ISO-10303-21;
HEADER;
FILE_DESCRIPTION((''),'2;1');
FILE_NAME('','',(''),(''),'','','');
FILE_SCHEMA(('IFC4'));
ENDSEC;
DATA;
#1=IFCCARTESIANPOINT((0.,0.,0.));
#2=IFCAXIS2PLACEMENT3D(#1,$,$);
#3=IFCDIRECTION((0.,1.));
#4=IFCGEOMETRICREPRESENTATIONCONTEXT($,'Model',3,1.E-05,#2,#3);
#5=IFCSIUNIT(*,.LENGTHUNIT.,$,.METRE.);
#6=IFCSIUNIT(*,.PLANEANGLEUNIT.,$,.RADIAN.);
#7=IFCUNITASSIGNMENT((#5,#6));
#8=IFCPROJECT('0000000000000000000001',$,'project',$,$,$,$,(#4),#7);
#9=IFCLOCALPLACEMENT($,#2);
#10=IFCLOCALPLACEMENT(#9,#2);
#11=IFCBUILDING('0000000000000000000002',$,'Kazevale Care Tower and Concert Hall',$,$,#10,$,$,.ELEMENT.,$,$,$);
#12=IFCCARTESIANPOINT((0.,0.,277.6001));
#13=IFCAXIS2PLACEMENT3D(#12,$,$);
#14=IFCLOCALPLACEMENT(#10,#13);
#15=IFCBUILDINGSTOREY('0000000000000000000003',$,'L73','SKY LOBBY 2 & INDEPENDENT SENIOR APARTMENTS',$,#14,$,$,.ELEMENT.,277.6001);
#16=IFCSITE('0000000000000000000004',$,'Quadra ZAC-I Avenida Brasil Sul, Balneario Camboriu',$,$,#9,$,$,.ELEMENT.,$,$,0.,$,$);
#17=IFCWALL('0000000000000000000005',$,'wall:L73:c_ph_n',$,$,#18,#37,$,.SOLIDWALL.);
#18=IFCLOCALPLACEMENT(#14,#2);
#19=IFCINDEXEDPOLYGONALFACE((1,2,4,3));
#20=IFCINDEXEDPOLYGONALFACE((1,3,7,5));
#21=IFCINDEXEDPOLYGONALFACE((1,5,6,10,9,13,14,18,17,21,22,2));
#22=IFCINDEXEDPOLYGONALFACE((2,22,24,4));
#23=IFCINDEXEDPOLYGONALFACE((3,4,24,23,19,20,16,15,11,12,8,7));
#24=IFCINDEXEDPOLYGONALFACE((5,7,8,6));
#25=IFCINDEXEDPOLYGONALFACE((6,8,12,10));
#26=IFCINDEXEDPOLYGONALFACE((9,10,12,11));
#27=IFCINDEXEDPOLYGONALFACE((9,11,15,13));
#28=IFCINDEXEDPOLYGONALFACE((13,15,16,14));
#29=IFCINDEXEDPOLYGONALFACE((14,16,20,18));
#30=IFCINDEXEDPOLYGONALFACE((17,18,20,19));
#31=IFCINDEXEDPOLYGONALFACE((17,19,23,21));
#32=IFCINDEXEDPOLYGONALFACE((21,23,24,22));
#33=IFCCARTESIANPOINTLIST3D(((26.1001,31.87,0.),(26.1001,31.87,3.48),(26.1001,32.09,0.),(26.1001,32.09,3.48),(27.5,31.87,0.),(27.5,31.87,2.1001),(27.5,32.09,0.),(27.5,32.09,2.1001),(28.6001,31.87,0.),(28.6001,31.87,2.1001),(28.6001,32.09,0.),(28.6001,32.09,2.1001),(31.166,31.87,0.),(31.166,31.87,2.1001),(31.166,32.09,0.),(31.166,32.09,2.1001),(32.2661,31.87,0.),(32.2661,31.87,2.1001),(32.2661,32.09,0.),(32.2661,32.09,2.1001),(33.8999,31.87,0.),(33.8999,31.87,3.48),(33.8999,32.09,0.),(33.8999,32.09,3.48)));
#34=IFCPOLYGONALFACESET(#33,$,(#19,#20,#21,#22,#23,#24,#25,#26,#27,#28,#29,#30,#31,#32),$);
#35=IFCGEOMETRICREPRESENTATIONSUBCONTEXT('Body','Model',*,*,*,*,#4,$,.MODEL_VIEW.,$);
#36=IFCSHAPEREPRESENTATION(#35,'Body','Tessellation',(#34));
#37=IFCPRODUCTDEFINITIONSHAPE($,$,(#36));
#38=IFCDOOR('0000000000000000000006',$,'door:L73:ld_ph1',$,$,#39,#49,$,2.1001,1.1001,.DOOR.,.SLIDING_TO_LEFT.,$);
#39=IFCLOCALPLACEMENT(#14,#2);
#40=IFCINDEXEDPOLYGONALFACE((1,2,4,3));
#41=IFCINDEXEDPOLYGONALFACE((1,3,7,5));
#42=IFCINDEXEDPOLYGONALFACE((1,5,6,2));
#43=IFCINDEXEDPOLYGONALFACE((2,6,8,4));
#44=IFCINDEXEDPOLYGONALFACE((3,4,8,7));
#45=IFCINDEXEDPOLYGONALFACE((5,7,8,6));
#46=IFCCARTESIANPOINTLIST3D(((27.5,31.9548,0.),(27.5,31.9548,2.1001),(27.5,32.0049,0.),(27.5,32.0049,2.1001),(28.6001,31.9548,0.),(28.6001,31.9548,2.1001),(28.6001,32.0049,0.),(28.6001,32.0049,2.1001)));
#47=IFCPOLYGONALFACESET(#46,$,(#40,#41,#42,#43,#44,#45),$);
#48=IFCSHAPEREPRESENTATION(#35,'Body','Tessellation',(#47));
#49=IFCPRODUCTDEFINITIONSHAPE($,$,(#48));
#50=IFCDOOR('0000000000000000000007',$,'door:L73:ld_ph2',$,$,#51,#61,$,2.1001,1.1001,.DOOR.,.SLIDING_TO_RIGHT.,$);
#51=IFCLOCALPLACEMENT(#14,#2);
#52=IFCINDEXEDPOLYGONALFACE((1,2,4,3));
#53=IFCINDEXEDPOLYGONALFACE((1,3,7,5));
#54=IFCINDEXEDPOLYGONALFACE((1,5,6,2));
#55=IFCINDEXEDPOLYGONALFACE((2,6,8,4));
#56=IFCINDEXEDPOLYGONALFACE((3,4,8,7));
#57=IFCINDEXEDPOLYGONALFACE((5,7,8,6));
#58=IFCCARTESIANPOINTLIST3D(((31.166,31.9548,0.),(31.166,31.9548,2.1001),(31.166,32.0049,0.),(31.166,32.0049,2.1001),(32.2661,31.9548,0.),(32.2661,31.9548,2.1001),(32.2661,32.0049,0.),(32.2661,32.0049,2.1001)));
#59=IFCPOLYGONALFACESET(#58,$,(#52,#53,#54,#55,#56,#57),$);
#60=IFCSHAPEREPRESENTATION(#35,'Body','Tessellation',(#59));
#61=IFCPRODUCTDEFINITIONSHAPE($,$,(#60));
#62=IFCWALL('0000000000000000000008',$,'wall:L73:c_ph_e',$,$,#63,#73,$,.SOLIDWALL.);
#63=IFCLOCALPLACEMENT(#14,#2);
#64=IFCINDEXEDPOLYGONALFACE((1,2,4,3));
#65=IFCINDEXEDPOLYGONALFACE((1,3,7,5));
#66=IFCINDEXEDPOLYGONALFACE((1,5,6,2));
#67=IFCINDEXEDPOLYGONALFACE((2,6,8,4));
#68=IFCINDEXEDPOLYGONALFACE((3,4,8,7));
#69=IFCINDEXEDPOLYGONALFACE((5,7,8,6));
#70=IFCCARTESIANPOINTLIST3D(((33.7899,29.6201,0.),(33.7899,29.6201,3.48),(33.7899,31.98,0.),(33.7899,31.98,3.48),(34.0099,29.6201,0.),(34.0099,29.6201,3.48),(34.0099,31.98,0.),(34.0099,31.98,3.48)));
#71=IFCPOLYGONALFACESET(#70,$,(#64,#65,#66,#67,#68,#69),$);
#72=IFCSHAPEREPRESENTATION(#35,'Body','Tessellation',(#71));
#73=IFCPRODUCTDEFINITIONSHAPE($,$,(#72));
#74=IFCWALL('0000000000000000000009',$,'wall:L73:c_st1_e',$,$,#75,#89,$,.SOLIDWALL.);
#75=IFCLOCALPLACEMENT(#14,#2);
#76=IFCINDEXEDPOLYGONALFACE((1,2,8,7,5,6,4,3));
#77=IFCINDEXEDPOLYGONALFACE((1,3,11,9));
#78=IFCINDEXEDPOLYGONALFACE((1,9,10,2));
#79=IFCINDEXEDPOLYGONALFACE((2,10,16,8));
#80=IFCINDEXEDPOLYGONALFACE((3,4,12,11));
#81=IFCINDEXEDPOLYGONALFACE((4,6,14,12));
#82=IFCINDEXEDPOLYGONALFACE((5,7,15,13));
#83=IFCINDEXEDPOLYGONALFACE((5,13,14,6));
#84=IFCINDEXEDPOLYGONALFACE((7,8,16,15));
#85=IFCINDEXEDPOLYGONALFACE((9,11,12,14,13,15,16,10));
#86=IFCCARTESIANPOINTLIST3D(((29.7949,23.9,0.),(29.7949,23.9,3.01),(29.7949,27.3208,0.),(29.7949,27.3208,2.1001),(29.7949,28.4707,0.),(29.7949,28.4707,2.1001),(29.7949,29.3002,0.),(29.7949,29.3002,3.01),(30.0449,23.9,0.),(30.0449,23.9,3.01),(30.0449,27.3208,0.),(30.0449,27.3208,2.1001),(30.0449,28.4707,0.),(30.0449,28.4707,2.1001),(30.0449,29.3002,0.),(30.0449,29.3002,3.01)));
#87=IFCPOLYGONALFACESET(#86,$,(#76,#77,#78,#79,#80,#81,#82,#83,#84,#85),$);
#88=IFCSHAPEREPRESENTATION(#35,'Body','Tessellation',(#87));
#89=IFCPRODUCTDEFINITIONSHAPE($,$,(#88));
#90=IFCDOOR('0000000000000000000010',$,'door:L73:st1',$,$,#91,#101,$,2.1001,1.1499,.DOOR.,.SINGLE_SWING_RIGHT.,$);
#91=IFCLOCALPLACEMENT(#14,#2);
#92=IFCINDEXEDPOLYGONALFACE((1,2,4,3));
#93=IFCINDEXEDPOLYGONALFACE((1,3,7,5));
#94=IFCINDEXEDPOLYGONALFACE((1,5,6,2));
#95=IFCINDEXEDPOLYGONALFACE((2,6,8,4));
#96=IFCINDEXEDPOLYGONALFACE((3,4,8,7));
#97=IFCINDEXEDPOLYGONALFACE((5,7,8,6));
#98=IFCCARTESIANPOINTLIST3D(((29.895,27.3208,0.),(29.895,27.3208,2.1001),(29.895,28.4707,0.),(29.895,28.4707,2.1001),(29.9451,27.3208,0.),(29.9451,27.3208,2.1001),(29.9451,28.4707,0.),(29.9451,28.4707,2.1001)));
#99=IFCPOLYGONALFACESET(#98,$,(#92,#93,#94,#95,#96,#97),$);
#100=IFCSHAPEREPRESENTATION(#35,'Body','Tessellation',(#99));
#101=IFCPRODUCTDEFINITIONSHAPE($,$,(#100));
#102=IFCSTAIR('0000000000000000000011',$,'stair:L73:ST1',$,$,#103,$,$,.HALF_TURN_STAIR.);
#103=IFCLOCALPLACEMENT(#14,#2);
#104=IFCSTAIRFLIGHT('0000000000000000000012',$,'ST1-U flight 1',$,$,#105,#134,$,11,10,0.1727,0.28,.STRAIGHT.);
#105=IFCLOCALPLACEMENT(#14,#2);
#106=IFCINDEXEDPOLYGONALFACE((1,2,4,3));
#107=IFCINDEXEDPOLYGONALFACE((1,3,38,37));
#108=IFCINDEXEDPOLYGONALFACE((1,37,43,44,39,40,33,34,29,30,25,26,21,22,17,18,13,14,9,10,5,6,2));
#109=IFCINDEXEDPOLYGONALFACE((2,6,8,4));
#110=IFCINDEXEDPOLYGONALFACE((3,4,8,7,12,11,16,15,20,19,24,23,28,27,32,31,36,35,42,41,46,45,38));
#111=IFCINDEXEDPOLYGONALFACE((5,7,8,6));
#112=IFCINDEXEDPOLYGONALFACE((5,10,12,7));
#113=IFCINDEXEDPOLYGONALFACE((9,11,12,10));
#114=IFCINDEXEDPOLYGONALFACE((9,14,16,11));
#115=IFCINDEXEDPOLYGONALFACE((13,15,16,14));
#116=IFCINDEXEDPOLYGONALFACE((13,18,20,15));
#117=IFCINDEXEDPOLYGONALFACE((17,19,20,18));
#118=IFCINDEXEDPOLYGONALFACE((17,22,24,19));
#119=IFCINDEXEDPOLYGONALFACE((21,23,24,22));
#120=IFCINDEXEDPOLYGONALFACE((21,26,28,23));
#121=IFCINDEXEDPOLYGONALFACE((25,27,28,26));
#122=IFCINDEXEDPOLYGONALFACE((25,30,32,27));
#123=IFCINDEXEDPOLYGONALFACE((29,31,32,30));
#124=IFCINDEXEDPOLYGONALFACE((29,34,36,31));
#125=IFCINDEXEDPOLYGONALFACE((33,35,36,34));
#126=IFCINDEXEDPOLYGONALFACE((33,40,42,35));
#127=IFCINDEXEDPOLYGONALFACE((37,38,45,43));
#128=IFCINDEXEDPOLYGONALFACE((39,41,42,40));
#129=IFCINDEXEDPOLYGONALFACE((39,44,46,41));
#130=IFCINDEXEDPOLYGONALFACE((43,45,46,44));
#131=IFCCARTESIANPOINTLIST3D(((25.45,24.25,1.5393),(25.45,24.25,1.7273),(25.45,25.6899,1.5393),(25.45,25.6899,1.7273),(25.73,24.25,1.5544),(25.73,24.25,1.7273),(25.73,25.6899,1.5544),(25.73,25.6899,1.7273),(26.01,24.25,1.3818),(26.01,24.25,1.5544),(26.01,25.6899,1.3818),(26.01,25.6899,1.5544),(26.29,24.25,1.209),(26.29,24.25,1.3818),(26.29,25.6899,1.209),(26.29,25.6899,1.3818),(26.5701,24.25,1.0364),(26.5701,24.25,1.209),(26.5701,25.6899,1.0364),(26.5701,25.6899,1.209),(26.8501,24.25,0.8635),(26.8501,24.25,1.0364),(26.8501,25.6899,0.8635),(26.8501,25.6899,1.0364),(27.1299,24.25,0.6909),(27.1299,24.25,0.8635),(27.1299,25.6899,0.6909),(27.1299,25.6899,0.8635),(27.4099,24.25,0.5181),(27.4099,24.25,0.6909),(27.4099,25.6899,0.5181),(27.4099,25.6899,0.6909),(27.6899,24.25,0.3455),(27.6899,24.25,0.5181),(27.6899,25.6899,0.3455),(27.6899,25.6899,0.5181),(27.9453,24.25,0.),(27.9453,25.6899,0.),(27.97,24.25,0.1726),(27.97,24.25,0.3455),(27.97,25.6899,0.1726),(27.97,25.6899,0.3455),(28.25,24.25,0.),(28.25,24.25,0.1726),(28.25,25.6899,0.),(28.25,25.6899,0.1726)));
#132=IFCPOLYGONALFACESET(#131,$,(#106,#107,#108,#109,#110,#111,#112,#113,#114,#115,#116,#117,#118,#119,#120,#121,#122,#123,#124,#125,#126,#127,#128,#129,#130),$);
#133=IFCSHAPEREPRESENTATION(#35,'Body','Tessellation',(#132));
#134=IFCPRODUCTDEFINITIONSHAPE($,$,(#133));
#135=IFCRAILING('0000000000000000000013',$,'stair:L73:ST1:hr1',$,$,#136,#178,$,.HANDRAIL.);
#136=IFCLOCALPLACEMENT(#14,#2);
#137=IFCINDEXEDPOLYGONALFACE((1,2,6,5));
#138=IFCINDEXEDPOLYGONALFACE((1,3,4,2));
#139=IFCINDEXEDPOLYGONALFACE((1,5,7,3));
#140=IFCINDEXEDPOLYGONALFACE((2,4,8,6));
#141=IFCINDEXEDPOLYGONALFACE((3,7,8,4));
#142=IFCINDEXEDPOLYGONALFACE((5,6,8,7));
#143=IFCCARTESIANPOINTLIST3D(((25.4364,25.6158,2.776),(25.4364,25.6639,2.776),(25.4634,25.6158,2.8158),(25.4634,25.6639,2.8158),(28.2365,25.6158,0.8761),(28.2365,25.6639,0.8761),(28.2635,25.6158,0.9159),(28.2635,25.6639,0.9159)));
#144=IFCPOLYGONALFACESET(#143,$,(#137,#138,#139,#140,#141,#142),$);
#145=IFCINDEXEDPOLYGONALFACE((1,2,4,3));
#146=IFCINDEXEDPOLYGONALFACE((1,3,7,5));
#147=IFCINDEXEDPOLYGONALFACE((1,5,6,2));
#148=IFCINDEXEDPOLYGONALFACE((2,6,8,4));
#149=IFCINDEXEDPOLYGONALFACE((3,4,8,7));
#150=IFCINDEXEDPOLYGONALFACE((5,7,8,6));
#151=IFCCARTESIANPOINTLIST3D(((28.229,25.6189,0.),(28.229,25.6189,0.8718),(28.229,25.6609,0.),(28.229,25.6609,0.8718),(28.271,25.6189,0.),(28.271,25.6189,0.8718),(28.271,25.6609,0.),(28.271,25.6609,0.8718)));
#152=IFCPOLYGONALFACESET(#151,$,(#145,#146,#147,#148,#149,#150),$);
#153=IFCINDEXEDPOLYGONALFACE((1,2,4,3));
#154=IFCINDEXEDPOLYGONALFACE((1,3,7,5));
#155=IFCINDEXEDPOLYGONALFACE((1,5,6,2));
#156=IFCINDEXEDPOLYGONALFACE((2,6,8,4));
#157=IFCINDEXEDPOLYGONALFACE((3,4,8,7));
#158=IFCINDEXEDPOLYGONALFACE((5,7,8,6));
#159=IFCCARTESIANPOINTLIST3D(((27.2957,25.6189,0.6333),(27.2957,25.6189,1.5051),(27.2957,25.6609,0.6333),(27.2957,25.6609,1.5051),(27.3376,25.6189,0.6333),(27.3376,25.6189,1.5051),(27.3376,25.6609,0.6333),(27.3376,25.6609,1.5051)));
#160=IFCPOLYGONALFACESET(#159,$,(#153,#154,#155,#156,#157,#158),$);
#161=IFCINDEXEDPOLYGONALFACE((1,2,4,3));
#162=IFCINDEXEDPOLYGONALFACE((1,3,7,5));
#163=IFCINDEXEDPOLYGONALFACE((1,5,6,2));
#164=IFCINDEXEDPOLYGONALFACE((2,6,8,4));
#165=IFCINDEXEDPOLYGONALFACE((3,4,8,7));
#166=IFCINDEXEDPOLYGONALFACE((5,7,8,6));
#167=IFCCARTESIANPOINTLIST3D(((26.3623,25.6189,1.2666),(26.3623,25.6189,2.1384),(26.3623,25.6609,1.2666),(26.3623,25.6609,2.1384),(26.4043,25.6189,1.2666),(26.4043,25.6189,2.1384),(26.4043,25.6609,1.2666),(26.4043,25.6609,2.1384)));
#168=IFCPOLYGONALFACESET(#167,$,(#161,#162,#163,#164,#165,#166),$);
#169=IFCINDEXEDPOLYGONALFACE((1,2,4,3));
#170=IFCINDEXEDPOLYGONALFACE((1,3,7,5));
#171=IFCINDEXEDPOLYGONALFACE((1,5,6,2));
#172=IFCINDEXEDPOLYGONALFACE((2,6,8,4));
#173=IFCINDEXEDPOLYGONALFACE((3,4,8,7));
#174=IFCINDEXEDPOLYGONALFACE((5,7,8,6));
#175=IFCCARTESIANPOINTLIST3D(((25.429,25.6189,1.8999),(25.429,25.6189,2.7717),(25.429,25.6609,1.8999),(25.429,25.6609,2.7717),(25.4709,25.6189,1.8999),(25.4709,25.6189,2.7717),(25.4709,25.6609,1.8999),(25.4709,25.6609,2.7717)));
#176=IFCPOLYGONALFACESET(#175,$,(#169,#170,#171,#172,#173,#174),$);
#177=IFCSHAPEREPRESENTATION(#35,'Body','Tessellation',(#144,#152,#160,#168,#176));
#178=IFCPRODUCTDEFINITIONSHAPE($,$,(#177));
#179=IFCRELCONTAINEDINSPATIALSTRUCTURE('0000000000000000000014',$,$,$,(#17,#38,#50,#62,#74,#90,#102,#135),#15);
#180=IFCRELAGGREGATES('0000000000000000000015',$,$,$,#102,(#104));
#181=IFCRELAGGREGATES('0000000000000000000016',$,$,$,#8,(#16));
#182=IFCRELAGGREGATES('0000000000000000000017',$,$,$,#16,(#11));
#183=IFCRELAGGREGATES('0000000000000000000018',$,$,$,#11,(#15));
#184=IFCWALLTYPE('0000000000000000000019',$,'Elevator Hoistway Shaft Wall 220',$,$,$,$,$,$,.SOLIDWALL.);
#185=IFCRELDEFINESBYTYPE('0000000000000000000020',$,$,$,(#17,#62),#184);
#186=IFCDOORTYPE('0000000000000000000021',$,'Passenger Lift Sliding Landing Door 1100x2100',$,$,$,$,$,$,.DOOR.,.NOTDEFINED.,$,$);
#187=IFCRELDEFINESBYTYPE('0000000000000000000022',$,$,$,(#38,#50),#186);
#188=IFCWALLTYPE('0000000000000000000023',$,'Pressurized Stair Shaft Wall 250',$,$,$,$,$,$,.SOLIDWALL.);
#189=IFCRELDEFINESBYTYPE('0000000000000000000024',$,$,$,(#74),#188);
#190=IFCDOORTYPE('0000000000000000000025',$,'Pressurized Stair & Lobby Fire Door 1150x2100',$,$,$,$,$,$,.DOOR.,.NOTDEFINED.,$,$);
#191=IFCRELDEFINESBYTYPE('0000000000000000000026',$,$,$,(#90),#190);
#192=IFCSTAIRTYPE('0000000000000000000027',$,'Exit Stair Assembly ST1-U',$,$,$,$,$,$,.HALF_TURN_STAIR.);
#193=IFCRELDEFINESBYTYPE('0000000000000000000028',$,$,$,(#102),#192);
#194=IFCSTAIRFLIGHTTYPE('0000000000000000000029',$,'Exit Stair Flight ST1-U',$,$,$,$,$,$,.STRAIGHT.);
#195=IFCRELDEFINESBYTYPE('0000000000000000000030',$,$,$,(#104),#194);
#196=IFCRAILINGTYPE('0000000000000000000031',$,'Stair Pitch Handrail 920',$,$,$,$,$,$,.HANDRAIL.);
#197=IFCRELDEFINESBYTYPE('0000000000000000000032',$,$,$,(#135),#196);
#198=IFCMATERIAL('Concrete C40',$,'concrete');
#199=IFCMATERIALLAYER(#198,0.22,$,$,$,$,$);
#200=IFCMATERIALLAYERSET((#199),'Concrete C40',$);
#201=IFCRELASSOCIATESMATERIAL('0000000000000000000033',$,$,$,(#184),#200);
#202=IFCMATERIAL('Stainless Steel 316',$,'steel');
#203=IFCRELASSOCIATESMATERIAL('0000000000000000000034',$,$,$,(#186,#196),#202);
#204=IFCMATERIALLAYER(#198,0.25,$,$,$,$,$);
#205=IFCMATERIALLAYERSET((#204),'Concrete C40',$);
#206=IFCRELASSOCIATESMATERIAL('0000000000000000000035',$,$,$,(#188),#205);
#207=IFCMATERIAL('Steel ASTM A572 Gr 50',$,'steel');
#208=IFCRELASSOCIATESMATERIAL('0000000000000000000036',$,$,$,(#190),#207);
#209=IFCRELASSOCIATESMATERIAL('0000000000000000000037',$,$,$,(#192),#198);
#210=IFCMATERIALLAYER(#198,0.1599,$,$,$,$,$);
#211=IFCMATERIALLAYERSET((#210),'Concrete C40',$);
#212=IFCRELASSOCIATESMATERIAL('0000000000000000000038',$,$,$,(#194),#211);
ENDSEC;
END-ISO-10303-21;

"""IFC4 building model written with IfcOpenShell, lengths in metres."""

from ifc_helpers import new_model, si_unit, direction, frame, frame_2d, origin, origin_2d, place, context, subcontext, project, spatial, polyline, rectangle, outline, extrude, material, layer, layer_set, type_object, element, fill, aggregate, save


model = new_model("IFC4")

# Units and contexts
model_context = context("Model", 3, precision=1e-05, world=origin(), true_north=direction((0.0, 1.0)))
body_context = subcontext(model_context, "Body", "Model", "MODEL_VIEW")
ifc_project = project(units=[si_unit("LENGTHUNIT", "METRE"), si_unit("PLANEANGLEUNIT", "RADIAN")], contexts=[model_context])

# Site, building, storey
site_placement = place(None, origin())
site = spatial("IfcSite", under=ifc_project, at=site_placement, Name="Quadra ZAC-I Avenida Brasil Sul, Balneario Camboriu", CompositionType="ELEMENT", RefElevation=0.0)
building_placement = place(site_placement, origin())
building = spatial("IfcBuilding", under=site, at=building_placement, Name="Kazevale Care Tower and Concert Hall", CompositionType="ELEMENT")
storey_placement = place(building_placement, frame((0.0, 0.0, 277.6001)))
storey = spatial("IfcBuildingStorey", under=building, at=storey_placement, Name="L73", Description="SKY LOBBY 2 & INDEPENDENT SENIOR APARTMENTS", CompositionType="ELEMENT", Elevation=277.6001)

# Shared definitions
ifc_material_1 = material(Name="Steel ASTM A572 Gr 50", Category="steel")

# Shared definitions
ifc_material_2 = material(Name="Concrete C40", Category="concrete")
ifc_layer_1 = layer(ifc_material_2, 0.22)
ifc_layer_set_1 = layer_set([ifc_layer_1], Name="Concrete C40")
wall_type_1 = type_object("IfcWallType", Name="Elevator Hoistway Shaft Wall 220", PredefinedType="SOLIDWALL", material=ifc_layer_set_1)
ifc_material_3 = material(Name="Stainless Steel 316", Category="steel")

# Wall, openings, doors
wall_1_placement = place(storey_placement, frame((26.1001, 31.98, 0.0), z_axis=(0.0, 0.0, 1.0), x_axis=(1.0, 0.0, 0.0)))
wall_1 = element("IfcWall", 1, at=wall_1_placement, inside=storey, type_object=wall_type_1, Name="wall:L73:c_ph_n", PredefinedType="SOLIDWALL", context=body_context, shape_type="SweptSolid", body=[
    extrude(rectangle(XDim=7.7998, YDim=0.22, at=frame_2d((3.8999, 0.0))), origin(), (0.0, 0.0, 1.0), 3.48),
])
opening_1_placement = place(wall_1_placement, frame((1.3999, 0.0, 0.0)))
opening_1 = element("IfcOpeningElement", 2, at=opening_1_placement, cuts=wall_1, PredefinedType="OPENING", context=body_context, shape_type="SweptSolid", body=[
    extrude(rectangle(XDim=1.1001, YDim=2.1001, at=frame_2d((0.55, 1.05))), frame((0.0, 0.1199, 0.0), z_axis=(0.0, -1.0, 0.0), x_axis=(1.0, 0.0, 0.0)), (0.0, 0.0, 1.0), 0.24),
])
opening_2_placement = place(wall_1_placement, frame((5.0659, 0.0, 0.0)))
opening_2 = element("IfcOpeningElement", 3, at=opening_2_placement, cuts=wall_1, PredefinedType="OPENING", context=body_context, shape_type="SweptSolid", body=[
    extrude(rectangle(XDim=1.1001, YDim=2.1001, at=frame_2d((0.55, 1.05))), frame((0.0, 0.1199, 0.0), z_axis=(0.0, -1.0, 0.0), x_axis=(1.0, 0.0, 0.0)), (0.0, 0.0, 1.0), 0.24),
])
door_type_1 = type_object("IfcDoorType", Name="Passenger Lift Sliding Landing Door 1100x2100", OperationType="NOTDEFINED", PredefinedType="DOOR", material=ifc_material_3)
door_1_placement = place(opening_1_placement, origin())
door_1 = element("IfcDoor", 4, at=door_1_placement, inside=storey, type_object=door_type_1, Name="door:L73:ld_ph1", OperationType="SLIDING_TO_LEFT", OverallHeight=2.1001, OverallWidth=1.1001, PredefinedType="DOOR", context=body_context, shape_type="SweptSolid", body=[
    extrude(rectangle(XDim=1.1001, YDim=2.1001, at=frame_2d((0.55, 1.05))), frame((0.0, 0.0249, 0.0), z_axis=(0.0, -1.0, 0.0), x_axis=(1.0, 0.0, 0.0)), (0.0, 0.0, 1.0), 0.05),
])
fill(opening_1, door_1)
door_2_placement = place(opening_2_placement, origin())
door_2 = element("IfcDoor", 5, at=door_2_placement, inside=storey, type_object=door_type_1, Name="door:L73:ld_ph2", OperationType="SLIDING_TO_RIGHT", OverallHeight=2.1001, OverallWidth=1.1001, PredefinedType="DOOR", context=body_context, shape_type="SweptSolid", body=[
    extrude(rectangle(XDim=1.1001, YDim=2.1001, at=frame_2d((0.55, 1.05))), frame((0.0, 0.0249, 0.0), z_axis=(0.0, -1.0, 0.0), x_axis=(1.0, 0.0, 0.0)), (0.0, 0.0, 1.0), 0.05),
])
fill(opening_2, door_2)

# Wall
wall_2_placement = place(storey_placement, frame((33.8999, 29.6201, 0.0), z_axis=(0.0, 0.0, 1.0), x_axis=(0.0, 1.0, 0.0)))
element("IfcWall", 6, at=wall_2_placement, inside=storey, type_object=wall_type_1, Name="wall:L73:c_ph_e", PredefinedType="SOLIDWALL", context=body_context, shape_type="SweptSolid", body=[
    extrude(rectangle(XDim=2.3599, YDim=0.22, at=frame_2d((1.1799, 0.0))), origin(), (0.0, 0.0, 1.0), 3.48),
])

# Wall, opening, door
ifc_layer_2 = layer(ifc_material_2, 0.25)
ifc_layer_set_2 = layer_set([ifc_layer_2], Name="Concrete C40")
wall_type_2 = type_object("IfcWallType", Name="Pressurized Stair Shaft Wall 250", PredefinedType="SOLIDWALL", material=ifc_layer_set_2)
wall_3_placement = place(storey_placement, frame((29.9199, 23.8999, 0.0), z_axis=(0.0, 0.0, 1.0), x_axis=(0.0, 1.0, 0.0)))
wall_3 = element("IfcWall", 7, at=wall_3_placement, inside=storey, type_object=wall_type_2, Name="wall:L73:c_st1_e", PredefinedType="SOLIDWALL", context=body_context, shape_type="SweptSolid", body=[
    extrude(rectangle(XDim=5.4001, YDim=0.25, at=frame_2d((2.7002, 0.0))), origin(), (0.0, 0.0, 1.0), 3.01),
])
opening_3_placement = place(wall_3_placement, frame((3.4209, 0.0, 0.0)))
opening_3 = element("IfcOpeningElement", 8, at=opening_3_placement, cuts=wall_3, PredefinedType="OPENING", context=body_context, shape_type="SweptSolid", body=[
    extrude(rectangle(XDim=1.1499, YDim=2.1001, at=frame_2d((0.575, 1.05))), frame((0.0, 0.135, 0.0), z_axis=(0.0, -1.0, 0.0), x_axis=(1.0, 0.0, 0.0)), (0.0, 0.0, 1.0), 0.27),
])
door_type_2 = type_object("IfcDoorType", Name="Pressurized Stair & Lobby Fire Door 1150x2100", OperationType="NOTDEFINED", PredefinedType="DOOR", material=ifc_material_1)
door_3_placement = place(opening_3_placement, origin())
door_3 = element("IfcDoor", 9, at=door_3_placement, inside=storey, type_object=door_type_2, Name="door:L73:st1", OperationType="SINGLE_SWING_RIGHT", OverallHeight=2.1001, OverallWidth=1.1499, PredefinedType="DOOR", context=body_context, shape_type="SweptSolid", body=[
    extrude(rectangle(XDim=1.1499, YDim=2.1001, at=frame_2d((0.575, 1.05))), frame((0.0, 0.0249, 0.0), z_axis=(0.0, -1.0, 0.0), x_axis=(1.0, 0.0, 0.0)), (0.0, 0.0, 1.0), 0.05),
])
fill(opening_3, door_3)

# Stair, stair flight
stair_type = type_object("IfcStairType", Name="Exit Stair Assembly ST1-U", PredefinedType="HALF_TURN_STAIR", material=ifc_material_2)
stair_placement = place(storey_placement, origin())
stair = element("IfcStair", 10, at=stair_placement, inside=storey, type_object=stair_type, Name="stair:L73:ST1", PredefinedType="HALF_TURN_STAIR")
ifc_layer_3 = layer(ifc_material_2, 0.1599)
ifc_layer_set_3 = layer_set([ifc_layer_3], Name="Concrete C40")
stair_flight_type = type_object("IfcStairFlightType", Name="Exit Stair Flight ST1-U", PredefinedType="STRAIGHT", material=ifc_layer_set_3)
stair_flight_placement = place(storey_placement, frame((28.25, 24.97, 0.0), z_axis=(0.0, 0.0, 1.0), x_axis=(-1.0, 0.0, 0.0)))
stair_flight = element("IfcStairFlight", 11, at=stair_flight_placement, type_object=stair_flight_type, Name="ST1-U flight 1", NumberOfRisers=11, NumberOfTreads=10, PredefinedType="STRAIGHT", RiserHeight=0.1727, TreadLength=0.28, context=body_context, shape_type="SweptSolid", body=[
    extrude(outline(polyline([(0.0, 0.0), (0.0, 0.1726), (0.28, 0.1726), (0.28, 0.3455), (0.5601, 0.3455), (0.5601, 0.5181), (0.8401, 0.5181), (0.8401, 0.6909), (1.1201, 0.6909), (1.1201, 0.8635), (1.3999, 0.8635), (1.3999, 1.0364), (1.6799, 1.0364), (1.6799, 1.209), (1.96, 1.209), (1.96, 1.3818), (2.24, 1.3818), (2.24, 1.5544), (2.52, 1.5544), (2.52, 1.7273), (2.8, 1.7273), (2.8, 1.8999), (2.8, 1.5393), (0.3047, 0.0), (0.0, 0.0)])), frame((0.0, 0.72, 0.0), z_axis=(0.0, -1.0, 0.0), x_axis=(1.0, 0.0, 0.0)), (0.0, 0.0, 1.0), 1.4399),
])
aggregate(stair, [stair_flight])

# Railing
railing_type_1 = type_object("IfcRailingType", Name="Stair Pitch Handrail 920", PredefinedType="HANDRAIL", material=ifc_material_3)
railing_1_placement = place(storey_placement, frame((28.25, 25.6399, 0.0)))
element("IfcRailing", 12, at=railing_1_placement, inside=storey, type_object=railing_type_1, Name="stair:L73:ST1:hr1", PredefinedType="HANDRAIL", context=body_context, shape_type="SweptSolid", body=[
    extrude(rectangle(XDim=0.0481, YDim=0.0481, at=origin_2d()), frame((0.0, 0.0, 0.896), z_axis=(-0.827494, 0.0, 0.561475), x_axis=(0.0, -1.0, 0.0)), (0.0, 0.0, 1.0), 3.3838),
    extrude(rectangle(XDim=0.042, YDim=0.042, at=origin_2d()), origin(), (0.0, 0.0, 1.0), 0.8718),
    extrude(rectangle(XDim=0.042, YDim=0.042, at=origin_2d()), frame((-0.9333, 0.0, 0.6333)), (0.0, 0.0, 1.0), 0.8718),
    extrude(rectangle(XDim=0.042, YDim=0.042, at=origin_2d()), frame((-1.8667, 0.0, 1.2666)), (0.0, 0.0, 1.0), 0.8718),
    extrude(rectangle(XDim=0.042, YDim=0.042, at=origin_2d()), frame((-2.8, 0.0, 1.8999)), (0.0, 0.0, 1.0), 0.8718),
])

save(model, "model.ifc")
